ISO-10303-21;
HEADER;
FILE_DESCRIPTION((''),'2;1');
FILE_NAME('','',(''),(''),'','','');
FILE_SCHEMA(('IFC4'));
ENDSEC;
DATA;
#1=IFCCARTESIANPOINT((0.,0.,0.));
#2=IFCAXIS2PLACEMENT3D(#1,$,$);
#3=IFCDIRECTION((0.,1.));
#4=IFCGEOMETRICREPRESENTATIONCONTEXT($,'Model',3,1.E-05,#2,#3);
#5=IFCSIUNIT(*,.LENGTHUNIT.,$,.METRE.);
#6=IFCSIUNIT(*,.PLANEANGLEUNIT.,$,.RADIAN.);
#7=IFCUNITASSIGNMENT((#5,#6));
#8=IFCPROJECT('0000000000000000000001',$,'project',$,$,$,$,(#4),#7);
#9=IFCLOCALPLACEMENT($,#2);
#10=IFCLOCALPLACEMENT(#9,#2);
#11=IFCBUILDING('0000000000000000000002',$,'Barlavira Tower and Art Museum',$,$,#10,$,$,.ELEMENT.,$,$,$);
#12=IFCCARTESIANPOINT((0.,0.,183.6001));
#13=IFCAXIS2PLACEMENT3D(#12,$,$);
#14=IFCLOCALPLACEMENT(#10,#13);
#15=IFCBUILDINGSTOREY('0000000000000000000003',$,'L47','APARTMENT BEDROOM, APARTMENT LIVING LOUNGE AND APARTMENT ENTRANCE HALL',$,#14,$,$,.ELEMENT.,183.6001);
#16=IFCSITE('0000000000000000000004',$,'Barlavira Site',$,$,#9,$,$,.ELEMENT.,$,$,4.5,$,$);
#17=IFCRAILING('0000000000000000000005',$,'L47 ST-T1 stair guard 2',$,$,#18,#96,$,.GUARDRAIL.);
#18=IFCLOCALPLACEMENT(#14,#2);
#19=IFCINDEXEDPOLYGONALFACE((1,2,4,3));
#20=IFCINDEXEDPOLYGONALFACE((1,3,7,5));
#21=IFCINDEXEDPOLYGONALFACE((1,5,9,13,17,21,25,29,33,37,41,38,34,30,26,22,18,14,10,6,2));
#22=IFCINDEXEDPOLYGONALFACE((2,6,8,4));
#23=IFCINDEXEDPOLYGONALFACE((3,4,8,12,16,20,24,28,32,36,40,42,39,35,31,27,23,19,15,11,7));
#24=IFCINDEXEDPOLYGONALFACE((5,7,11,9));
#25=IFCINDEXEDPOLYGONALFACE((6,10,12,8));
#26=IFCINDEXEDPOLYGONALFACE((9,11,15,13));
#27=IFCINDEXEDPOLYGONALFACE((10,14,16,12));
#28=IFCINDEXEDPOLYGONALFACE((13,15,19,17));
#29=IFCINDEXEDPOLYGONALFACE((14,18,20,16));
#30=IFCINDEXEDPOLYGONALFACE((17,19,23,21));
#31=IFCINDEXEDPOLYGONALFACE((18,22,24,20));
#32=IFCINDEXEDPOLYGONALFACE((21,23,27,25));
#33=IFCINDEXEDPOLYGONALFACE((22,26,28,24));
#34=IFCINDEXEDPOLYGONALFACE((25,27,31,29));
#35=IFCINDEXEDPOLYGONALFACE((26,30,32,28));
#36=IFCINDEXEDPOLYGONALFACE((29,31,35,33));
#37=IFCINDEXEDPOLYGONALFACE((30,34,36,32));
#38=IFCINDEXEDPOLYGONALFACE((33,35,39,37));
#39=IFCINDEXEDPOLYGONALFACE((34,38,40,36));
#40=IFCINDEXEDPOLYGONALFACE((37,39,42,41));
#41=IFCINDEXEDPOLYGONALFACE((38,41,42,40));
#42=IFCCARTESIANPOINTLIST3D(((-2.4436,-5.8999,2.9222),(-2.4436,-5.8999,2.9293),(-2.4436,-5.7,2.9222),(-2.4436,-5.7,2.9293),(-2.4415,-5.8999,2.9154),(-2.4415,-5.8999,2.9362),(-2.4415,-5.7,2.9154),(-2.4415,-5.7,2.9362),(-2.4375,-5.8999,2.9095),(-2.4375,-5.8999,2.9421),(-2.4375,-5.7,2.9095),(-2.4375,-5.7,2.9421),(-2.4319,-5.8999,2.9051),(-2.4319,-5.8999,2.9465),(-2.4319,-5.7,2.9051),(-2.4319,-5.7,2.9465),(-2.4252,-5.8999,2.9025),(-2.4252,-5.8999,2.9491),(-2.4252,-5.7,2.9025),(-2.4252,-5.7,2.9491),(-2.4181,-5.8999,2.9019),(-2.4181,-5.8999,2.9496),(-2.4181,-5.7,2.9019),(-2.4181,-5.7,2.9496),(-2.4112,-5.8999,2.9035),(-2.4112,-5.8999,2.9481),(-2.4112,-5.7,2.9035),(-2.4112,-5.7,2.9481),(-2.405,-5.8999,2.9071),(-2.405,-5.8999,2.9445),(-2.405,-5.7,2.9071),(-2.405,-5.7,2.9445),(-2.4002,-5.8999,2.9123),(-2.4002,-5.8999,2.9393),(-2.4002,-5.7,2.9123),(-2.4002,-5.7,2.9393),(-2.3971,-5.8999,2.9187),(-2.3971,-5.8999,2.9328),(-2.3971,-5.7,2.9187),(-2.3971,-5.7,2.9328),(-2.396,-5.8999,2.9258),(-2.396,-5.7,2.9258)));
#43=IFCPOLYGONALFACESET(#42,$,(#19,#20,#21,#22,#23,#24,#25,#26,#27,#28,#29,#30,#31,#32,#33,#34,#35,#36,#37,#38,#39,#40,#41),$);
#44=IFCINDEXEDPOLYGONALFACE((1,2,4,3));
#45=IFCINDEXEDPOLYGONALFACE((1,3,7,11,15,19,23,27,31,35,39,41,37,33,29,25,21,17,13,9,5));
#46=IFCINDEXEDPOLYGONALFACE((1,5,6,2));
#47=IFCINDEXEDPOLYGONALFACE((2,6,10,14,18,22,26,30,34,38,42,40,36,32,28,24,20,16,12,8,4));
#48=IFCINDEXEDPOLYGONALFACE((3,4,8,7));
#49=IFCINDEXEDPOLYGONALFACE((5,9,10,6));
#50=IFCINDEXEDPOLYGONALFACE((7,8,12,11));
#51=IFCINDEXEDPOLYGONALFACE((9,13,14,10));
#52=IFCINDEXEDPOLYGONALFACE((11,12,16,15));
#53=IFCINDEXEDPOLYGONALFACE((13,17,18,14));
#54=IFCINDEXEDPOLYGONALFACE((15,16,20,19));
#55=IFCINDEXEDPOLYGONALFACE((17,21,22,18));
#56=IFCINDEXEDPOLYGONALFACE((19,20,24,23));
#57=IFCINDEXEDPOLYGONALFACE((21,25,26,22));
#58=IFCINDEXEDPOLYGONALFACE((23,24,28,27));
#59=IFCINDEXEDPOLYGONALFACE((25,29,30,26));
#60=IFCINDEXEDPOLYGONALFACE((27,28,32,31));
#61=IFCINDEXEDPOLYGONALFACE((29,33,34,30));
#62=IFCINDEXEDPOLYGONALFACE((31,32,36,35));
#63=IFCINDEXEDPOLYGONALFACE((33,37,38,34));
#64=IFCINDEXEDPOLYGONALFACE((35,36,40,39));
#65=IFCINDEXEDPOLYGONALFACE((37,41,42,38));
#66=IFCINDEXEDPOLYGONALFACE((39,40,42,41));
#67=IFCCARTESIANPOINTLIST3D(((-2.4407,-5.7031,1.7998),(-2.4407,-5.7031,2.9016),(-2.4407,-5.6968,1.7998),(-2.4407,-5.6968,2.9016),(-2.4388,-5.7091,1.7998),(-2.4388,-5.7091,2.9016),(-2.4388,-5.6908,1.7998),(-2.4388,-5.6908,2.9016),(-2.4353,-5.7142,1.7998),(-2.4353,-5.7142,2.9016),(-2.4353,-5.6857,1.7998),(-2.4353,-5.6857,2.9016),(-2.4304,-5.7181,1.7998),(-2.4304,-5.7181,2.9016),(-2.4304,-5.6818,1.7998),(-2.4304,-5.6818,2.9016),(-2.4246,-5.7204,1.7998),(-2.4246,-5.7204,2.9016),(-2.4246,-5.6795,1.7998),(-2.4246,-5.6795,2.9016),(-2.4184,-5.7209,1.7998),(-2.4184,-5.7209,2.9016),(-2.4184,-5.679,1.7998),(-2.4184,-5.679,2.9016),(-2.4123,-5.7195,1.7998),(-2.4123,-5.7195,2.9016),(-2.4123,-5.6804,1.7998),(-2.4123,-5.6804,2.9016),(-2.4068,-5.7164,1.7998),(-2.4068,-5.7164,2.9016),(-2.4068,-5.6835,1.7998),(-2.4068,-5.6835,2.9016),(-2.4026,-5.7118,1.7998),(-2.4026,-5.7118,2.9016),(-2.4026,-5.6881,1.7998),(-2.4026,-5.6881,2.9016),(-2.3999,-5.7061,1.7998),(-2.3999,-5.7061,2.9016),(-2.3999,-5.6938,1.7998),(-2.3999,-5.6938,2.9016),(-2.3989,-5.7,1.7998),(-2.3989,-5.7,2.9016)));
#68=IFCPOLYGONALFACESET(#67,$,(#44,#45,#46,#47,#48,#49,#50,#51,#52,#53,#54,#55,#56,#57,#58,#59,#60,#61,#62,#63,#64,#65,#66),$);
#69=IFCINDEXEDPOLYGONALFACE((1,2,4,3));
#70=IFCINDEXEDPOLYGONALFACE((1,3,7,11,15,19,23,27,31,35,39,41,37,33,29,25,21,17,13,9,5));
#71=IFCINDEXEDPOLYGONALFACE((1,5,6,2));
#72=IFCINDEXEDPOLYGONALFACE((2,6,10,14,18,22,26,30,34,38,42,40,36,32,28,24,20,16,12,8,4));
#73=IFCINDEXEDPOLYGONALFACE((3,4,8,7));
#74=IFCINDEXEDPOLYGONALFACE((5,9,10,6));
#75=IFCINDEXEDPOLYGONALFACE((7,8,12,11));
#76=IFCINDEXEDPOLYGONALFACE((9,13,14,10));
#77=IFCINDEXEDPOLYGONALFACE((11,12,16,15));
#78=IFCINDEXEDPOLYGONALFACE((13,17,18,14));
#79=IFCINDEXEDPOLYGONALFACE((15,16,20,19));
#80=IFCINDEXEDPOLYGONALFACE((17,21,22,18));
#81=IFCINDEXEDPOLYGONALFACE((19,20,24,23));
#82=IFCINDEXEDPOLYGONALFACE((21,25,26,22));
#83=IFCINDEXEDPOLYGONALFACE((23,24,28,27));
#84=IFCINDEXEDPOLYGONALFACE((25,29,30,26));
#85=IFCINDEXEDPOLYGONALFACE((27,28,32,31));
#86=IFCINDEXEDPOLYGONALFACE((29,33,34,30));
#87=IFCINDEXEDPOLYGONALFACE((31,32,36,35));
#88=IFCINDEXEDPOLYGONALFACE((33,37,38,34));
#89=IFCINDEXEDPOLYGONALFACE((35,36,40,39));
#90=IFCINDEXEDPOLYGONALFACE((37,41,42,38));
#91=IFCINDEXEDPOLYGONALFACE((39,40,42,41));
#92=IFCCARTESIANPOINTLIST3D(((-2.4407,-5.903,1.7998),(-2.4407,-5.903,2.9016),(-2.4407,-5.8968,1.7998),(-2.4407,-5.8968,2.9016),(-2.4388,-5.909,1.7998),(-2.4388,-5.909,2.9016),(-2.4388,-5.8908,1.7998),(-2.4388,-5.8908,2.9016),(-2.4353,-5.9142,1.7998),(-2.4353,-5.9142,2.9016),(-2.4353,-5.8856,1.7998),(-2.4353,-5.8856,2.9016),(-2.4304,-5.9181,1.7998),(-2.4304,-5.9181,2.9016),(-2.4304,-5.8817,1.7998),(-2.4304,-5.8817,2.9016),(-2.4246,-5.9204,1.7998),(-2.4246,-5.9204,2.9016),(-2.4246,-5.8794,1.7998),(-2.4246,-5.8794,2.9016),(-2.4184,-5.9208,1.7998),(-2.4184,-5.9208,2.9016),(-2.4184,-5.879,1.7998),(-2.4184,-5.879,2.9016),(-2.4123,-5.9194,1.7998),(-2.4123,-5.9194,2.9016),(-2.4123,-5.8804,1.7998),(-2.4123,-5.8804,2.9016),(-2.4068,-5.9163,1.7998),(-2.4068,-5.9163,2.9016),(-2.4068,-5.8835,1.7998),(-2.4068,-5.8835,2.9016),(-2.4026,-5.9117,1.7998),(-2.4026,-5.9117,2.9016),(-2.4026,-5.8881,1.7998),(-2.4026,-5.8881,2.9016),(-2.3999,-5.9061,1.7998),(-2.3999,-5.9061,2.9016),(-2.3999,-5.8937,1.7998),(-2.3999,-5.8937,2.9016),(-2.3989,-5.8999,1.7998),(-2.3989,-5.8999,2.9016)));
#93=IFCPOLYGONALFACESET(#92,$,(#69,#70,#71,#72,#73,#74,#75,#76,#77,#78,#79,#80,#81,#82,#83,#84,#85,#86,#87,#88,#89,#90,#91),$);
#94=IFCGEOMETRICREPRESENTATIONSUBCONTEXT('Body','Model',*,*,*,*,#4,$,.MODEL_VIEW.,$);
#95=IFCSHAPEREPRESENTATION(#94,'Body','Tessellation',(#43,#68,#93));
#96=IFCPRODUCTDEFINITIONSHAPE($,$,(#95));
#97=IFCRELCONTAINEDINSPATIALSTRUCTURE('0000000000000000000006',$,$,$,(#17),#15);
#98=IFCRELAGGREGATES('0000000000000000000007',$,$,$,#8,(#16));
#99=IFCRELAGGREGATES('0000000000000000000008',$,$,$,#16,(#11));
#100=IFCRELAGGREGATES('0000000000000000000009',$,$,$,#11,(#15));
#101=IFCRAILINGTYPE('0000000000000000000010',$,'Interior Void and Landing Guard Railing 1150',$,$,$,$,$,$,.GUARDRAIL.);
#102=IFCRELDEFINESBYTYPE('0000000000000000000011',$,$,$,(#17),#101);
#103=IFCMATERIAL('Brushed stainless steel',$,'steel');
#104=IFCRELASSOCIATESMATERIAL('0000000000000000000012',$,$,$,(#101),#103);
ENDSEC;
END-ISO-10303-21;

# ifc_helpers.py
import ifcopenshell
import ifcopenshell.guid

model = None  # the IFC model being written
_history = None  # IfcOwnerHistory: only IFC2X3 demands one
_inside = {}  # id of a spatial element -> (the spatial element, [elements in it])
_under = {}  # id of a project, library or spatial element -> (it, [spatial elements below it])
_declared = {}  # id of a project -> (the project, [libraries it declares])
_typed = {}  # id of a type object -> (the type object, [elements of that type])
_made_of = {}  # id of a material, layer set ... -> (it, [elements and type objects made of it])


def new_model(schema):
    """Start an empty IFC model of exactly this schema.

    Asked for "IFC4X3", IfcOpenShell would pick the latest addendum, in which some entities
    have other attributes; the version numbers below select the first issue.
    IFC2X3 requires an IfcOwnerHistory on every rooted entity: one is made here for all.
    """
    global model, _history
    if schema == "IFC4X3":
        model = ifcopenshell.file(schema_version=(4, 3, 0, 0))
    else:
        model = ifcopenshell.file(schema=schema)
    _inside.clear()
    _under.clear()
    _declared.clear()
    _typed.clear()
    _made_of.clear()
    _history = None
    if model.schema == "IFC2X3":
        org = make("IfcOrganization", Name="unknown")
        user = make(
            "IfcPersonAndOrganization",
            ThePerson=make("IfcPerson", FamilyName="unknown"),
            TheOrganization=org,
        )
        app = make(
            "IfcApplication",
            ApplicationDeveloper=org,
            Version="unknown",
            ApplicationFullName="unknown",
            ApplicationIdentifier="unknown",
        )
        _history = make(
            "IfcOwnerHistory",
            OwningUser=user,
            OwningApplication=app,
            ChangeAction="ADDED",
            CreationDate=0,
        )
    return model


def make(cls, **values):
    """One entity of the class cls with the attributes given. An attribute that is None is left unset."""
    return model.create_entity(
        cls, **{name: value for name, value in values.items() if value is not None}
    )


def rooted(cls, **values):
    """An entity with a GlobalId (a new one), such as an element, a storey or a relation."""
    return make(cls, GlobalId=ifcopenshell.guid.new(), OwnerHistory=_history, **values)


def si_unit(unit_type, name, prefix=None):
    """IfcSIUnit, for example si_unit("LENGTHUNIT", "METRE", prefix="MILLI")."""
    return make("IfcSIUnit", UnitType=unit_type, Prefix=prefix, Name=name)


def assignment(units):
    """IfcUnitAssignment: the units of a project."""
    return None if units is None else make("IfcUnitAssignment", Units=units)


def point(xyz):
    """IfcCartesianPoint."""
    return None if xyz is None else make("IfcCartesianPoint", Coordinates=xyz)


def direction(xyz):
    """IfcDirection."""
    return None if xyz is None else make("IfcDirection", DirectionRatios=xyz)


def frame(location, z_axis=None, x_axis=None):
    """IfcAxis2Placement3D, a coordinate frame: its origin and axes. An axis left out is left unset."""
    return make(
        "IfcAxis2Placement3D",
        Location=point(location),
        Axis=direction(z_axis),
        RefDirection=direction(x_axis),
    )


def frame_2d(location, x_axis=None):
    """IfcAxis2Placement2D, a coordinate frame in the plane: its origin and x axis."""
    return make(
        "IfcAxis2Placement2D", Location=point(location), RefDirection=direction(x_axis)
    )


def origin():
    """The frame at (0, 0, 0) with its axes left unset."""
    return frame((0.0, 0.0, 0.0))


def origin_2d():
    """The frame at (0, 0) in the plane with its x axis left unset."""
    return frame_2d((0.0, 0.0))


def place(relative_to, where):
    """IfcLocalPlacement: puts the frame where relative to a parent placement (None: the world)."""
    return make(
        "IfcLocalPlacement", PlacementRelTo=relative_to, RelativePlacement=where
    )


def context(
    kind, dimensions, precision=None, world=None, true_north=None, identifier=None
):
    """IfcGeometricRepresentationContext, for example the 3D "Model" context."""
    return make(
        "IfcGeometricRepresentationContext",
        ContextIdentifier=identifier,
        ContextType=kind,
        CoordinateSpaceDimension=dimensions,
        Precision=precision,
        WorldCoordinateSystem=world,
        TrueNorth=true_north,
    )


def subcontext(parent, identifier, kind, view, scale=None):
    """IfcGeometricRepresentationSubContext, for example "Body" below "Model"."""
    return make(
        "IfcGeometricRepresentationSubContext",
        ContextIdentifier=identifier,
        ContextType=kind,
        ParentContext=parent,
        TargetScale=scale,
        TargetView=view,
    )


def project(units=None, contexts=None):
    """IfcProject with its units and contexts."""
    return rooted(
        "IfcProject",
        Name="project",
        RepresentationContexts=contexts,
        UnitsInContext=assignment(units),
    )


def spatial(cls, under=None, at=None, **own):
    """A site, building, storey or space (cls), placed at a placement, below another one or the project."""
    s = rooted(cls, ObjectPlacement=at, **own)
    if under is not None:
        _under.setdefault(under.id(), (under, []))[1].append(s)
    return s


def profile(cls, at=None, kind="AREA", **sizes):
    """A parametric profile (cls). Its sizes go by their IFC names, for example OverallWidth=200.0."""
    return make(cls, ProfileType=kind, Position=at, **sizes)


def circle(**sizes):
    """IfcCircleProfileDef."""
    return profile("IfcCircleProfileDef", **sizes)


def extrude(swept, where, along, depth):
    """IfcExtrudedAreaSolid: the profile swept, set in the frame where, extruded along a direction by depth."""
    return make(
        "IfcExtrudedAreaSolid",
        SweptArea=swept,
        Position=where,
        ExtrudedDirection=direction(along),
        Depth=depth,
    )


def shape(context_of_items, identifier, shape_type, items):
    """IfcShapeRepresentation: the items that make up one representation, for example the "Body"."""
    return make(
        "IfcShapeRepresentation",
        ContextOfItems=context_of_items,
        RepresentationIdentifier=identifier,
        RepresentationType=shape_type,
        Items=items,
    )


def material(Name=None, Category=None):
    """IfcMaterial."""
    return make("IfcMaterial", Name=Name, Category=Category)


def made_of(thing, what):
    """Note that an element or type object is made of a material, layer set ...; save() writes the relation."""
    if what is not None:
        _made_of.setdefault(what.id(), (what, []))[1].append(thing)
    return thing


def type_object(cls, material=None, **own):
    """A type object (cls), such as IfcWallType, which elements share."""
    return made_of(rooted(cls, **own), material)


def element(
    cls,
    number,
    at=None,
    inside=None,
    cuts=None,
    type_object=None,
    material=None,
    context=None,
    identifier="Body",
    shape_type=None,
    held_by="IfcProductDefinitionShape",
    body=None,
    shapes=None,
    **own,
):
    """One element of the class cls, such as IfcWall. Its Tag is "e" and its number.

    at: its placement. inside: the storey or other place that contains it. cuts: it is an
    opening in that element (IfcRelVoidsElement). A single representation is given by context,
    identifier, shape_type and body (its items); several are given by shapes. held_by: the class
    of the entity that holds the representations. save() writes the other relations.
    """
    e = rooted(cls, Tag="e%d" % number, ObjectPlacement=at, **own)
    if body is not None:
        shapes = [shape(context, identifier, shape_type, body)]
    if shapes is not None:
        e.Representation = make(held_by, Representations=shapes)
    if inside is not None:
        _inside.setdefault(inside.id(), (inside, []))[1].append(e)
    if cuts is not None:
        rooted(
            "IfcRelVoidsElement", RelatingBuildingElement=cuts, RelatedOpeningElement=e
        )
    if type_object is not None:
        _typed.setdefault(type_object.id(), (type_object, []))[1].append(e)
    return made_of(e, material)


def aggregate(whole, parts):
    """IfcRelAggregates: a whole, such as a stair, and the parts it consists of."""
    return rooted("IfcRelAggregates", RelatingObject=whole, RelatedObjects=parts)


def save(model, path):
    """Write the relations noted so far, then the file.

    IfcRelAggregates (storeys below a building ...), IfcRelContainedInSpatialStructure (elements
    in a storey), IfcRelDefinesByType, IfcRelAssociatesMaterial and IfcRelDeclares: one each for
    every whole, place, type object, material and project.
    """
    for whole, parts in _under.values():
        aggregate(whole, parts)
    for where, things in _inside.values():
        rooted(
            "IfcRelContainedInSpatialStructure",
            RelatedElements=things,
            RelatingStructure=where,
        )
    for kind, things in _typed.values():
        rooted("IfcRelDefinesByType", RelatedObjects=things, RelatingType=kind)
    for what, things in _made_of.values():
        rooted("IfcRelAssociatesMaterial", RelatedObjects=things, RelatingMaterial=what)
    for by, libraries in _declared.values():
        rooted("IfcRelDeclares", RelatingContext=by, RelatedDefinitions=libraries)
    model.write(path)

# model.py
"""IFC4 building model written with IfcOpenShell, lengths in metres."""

from ifc_helpers import new_model, si_unit, direction, frame, origin, origin_2d, place, context, subcontext, project, spatial, circle, extrude, material, type_object, element, save


model = new_model("IFC4")

# Units and contexts
model_context = context("Model", 3, precision=1e-05, world=origin(), true_north=direction((0.0, 1.0)))
body_context = subcontext(model_context, "Body", "Model", "MODEL_VIEW")
ifc_project = project(units=[si_unit("LENGTHUNIT", "METRE"), si_unit("PLANEANGLEUNIT", "RADIAN")], contexts=[model_context])

# Site, building, storey
site_placement = place(None, origin())
site = spatial("IfcSite", under=ifc_project, at=site_placement, Name="Barlavira Site", CompositionType="ELEMENT", RefElevation=4.5)
building_placement = place(site_placement, origin())
building = spatial("IfcBuilding", under=site, at=building_placement, Name="Barlavira Tower and Art Museum", CompositionType="ELEMENT")
storey_placement = place(building_placement, frame((0.0, 0.0, 183.6001)))
storey = spatial("IfcBuildingStorey", under=building, at=storey_placement, Name="L47", Description="APARTMENT BEDROOM, APARTMENT LIVING LOUNGE AND APARTMENT ENTRANCE HALL", CompositionType="ELEMENT", Elevation=183.6001)

# Shared definitions
ifc_material_1 = material(Name="Brushed stainless steel", Category="steel")

# Railing
railing_type_1 = type_object("IfcRailingType", Name="Interior Void and Landing Guard Railing 1150", PredefinedType="GUARDRAIL", material=ifc_material_1)
railing_1_placement = place(storey_placement, frame((-2.4199, -5.7, 1.7998)))
element("IfcRailing", 1, at=railing_1_placement, inside=storey, type_object=railing_type_1, Name="L47 ST-T1 stair guard 2", PredefinedType="GUARDRAIL", context=body_context, shape_type="SweptSolid", body=[
    extrude(circle(Radius=0.0239, at=origin_2d()), frame((0.0, 0.0, 1.126), z_axis=(0.0, -1.0, 0.0), x_axis=(1.0, 0.0, 0.0)), (0.0, 0.0, 1.0), 0.2),
    extrude(circle(Radius=0.021, at=origin_2d()), origin(), (0.0, 0.0, 1.0), 1.1018),
    extrude(circle(Radius=0.021, at=origin_2d()), frame((0.0, -0.2, 0.0)), (0.0, 0.0, 1.0), 1.1018),
])

save(model, "model.ifc")
